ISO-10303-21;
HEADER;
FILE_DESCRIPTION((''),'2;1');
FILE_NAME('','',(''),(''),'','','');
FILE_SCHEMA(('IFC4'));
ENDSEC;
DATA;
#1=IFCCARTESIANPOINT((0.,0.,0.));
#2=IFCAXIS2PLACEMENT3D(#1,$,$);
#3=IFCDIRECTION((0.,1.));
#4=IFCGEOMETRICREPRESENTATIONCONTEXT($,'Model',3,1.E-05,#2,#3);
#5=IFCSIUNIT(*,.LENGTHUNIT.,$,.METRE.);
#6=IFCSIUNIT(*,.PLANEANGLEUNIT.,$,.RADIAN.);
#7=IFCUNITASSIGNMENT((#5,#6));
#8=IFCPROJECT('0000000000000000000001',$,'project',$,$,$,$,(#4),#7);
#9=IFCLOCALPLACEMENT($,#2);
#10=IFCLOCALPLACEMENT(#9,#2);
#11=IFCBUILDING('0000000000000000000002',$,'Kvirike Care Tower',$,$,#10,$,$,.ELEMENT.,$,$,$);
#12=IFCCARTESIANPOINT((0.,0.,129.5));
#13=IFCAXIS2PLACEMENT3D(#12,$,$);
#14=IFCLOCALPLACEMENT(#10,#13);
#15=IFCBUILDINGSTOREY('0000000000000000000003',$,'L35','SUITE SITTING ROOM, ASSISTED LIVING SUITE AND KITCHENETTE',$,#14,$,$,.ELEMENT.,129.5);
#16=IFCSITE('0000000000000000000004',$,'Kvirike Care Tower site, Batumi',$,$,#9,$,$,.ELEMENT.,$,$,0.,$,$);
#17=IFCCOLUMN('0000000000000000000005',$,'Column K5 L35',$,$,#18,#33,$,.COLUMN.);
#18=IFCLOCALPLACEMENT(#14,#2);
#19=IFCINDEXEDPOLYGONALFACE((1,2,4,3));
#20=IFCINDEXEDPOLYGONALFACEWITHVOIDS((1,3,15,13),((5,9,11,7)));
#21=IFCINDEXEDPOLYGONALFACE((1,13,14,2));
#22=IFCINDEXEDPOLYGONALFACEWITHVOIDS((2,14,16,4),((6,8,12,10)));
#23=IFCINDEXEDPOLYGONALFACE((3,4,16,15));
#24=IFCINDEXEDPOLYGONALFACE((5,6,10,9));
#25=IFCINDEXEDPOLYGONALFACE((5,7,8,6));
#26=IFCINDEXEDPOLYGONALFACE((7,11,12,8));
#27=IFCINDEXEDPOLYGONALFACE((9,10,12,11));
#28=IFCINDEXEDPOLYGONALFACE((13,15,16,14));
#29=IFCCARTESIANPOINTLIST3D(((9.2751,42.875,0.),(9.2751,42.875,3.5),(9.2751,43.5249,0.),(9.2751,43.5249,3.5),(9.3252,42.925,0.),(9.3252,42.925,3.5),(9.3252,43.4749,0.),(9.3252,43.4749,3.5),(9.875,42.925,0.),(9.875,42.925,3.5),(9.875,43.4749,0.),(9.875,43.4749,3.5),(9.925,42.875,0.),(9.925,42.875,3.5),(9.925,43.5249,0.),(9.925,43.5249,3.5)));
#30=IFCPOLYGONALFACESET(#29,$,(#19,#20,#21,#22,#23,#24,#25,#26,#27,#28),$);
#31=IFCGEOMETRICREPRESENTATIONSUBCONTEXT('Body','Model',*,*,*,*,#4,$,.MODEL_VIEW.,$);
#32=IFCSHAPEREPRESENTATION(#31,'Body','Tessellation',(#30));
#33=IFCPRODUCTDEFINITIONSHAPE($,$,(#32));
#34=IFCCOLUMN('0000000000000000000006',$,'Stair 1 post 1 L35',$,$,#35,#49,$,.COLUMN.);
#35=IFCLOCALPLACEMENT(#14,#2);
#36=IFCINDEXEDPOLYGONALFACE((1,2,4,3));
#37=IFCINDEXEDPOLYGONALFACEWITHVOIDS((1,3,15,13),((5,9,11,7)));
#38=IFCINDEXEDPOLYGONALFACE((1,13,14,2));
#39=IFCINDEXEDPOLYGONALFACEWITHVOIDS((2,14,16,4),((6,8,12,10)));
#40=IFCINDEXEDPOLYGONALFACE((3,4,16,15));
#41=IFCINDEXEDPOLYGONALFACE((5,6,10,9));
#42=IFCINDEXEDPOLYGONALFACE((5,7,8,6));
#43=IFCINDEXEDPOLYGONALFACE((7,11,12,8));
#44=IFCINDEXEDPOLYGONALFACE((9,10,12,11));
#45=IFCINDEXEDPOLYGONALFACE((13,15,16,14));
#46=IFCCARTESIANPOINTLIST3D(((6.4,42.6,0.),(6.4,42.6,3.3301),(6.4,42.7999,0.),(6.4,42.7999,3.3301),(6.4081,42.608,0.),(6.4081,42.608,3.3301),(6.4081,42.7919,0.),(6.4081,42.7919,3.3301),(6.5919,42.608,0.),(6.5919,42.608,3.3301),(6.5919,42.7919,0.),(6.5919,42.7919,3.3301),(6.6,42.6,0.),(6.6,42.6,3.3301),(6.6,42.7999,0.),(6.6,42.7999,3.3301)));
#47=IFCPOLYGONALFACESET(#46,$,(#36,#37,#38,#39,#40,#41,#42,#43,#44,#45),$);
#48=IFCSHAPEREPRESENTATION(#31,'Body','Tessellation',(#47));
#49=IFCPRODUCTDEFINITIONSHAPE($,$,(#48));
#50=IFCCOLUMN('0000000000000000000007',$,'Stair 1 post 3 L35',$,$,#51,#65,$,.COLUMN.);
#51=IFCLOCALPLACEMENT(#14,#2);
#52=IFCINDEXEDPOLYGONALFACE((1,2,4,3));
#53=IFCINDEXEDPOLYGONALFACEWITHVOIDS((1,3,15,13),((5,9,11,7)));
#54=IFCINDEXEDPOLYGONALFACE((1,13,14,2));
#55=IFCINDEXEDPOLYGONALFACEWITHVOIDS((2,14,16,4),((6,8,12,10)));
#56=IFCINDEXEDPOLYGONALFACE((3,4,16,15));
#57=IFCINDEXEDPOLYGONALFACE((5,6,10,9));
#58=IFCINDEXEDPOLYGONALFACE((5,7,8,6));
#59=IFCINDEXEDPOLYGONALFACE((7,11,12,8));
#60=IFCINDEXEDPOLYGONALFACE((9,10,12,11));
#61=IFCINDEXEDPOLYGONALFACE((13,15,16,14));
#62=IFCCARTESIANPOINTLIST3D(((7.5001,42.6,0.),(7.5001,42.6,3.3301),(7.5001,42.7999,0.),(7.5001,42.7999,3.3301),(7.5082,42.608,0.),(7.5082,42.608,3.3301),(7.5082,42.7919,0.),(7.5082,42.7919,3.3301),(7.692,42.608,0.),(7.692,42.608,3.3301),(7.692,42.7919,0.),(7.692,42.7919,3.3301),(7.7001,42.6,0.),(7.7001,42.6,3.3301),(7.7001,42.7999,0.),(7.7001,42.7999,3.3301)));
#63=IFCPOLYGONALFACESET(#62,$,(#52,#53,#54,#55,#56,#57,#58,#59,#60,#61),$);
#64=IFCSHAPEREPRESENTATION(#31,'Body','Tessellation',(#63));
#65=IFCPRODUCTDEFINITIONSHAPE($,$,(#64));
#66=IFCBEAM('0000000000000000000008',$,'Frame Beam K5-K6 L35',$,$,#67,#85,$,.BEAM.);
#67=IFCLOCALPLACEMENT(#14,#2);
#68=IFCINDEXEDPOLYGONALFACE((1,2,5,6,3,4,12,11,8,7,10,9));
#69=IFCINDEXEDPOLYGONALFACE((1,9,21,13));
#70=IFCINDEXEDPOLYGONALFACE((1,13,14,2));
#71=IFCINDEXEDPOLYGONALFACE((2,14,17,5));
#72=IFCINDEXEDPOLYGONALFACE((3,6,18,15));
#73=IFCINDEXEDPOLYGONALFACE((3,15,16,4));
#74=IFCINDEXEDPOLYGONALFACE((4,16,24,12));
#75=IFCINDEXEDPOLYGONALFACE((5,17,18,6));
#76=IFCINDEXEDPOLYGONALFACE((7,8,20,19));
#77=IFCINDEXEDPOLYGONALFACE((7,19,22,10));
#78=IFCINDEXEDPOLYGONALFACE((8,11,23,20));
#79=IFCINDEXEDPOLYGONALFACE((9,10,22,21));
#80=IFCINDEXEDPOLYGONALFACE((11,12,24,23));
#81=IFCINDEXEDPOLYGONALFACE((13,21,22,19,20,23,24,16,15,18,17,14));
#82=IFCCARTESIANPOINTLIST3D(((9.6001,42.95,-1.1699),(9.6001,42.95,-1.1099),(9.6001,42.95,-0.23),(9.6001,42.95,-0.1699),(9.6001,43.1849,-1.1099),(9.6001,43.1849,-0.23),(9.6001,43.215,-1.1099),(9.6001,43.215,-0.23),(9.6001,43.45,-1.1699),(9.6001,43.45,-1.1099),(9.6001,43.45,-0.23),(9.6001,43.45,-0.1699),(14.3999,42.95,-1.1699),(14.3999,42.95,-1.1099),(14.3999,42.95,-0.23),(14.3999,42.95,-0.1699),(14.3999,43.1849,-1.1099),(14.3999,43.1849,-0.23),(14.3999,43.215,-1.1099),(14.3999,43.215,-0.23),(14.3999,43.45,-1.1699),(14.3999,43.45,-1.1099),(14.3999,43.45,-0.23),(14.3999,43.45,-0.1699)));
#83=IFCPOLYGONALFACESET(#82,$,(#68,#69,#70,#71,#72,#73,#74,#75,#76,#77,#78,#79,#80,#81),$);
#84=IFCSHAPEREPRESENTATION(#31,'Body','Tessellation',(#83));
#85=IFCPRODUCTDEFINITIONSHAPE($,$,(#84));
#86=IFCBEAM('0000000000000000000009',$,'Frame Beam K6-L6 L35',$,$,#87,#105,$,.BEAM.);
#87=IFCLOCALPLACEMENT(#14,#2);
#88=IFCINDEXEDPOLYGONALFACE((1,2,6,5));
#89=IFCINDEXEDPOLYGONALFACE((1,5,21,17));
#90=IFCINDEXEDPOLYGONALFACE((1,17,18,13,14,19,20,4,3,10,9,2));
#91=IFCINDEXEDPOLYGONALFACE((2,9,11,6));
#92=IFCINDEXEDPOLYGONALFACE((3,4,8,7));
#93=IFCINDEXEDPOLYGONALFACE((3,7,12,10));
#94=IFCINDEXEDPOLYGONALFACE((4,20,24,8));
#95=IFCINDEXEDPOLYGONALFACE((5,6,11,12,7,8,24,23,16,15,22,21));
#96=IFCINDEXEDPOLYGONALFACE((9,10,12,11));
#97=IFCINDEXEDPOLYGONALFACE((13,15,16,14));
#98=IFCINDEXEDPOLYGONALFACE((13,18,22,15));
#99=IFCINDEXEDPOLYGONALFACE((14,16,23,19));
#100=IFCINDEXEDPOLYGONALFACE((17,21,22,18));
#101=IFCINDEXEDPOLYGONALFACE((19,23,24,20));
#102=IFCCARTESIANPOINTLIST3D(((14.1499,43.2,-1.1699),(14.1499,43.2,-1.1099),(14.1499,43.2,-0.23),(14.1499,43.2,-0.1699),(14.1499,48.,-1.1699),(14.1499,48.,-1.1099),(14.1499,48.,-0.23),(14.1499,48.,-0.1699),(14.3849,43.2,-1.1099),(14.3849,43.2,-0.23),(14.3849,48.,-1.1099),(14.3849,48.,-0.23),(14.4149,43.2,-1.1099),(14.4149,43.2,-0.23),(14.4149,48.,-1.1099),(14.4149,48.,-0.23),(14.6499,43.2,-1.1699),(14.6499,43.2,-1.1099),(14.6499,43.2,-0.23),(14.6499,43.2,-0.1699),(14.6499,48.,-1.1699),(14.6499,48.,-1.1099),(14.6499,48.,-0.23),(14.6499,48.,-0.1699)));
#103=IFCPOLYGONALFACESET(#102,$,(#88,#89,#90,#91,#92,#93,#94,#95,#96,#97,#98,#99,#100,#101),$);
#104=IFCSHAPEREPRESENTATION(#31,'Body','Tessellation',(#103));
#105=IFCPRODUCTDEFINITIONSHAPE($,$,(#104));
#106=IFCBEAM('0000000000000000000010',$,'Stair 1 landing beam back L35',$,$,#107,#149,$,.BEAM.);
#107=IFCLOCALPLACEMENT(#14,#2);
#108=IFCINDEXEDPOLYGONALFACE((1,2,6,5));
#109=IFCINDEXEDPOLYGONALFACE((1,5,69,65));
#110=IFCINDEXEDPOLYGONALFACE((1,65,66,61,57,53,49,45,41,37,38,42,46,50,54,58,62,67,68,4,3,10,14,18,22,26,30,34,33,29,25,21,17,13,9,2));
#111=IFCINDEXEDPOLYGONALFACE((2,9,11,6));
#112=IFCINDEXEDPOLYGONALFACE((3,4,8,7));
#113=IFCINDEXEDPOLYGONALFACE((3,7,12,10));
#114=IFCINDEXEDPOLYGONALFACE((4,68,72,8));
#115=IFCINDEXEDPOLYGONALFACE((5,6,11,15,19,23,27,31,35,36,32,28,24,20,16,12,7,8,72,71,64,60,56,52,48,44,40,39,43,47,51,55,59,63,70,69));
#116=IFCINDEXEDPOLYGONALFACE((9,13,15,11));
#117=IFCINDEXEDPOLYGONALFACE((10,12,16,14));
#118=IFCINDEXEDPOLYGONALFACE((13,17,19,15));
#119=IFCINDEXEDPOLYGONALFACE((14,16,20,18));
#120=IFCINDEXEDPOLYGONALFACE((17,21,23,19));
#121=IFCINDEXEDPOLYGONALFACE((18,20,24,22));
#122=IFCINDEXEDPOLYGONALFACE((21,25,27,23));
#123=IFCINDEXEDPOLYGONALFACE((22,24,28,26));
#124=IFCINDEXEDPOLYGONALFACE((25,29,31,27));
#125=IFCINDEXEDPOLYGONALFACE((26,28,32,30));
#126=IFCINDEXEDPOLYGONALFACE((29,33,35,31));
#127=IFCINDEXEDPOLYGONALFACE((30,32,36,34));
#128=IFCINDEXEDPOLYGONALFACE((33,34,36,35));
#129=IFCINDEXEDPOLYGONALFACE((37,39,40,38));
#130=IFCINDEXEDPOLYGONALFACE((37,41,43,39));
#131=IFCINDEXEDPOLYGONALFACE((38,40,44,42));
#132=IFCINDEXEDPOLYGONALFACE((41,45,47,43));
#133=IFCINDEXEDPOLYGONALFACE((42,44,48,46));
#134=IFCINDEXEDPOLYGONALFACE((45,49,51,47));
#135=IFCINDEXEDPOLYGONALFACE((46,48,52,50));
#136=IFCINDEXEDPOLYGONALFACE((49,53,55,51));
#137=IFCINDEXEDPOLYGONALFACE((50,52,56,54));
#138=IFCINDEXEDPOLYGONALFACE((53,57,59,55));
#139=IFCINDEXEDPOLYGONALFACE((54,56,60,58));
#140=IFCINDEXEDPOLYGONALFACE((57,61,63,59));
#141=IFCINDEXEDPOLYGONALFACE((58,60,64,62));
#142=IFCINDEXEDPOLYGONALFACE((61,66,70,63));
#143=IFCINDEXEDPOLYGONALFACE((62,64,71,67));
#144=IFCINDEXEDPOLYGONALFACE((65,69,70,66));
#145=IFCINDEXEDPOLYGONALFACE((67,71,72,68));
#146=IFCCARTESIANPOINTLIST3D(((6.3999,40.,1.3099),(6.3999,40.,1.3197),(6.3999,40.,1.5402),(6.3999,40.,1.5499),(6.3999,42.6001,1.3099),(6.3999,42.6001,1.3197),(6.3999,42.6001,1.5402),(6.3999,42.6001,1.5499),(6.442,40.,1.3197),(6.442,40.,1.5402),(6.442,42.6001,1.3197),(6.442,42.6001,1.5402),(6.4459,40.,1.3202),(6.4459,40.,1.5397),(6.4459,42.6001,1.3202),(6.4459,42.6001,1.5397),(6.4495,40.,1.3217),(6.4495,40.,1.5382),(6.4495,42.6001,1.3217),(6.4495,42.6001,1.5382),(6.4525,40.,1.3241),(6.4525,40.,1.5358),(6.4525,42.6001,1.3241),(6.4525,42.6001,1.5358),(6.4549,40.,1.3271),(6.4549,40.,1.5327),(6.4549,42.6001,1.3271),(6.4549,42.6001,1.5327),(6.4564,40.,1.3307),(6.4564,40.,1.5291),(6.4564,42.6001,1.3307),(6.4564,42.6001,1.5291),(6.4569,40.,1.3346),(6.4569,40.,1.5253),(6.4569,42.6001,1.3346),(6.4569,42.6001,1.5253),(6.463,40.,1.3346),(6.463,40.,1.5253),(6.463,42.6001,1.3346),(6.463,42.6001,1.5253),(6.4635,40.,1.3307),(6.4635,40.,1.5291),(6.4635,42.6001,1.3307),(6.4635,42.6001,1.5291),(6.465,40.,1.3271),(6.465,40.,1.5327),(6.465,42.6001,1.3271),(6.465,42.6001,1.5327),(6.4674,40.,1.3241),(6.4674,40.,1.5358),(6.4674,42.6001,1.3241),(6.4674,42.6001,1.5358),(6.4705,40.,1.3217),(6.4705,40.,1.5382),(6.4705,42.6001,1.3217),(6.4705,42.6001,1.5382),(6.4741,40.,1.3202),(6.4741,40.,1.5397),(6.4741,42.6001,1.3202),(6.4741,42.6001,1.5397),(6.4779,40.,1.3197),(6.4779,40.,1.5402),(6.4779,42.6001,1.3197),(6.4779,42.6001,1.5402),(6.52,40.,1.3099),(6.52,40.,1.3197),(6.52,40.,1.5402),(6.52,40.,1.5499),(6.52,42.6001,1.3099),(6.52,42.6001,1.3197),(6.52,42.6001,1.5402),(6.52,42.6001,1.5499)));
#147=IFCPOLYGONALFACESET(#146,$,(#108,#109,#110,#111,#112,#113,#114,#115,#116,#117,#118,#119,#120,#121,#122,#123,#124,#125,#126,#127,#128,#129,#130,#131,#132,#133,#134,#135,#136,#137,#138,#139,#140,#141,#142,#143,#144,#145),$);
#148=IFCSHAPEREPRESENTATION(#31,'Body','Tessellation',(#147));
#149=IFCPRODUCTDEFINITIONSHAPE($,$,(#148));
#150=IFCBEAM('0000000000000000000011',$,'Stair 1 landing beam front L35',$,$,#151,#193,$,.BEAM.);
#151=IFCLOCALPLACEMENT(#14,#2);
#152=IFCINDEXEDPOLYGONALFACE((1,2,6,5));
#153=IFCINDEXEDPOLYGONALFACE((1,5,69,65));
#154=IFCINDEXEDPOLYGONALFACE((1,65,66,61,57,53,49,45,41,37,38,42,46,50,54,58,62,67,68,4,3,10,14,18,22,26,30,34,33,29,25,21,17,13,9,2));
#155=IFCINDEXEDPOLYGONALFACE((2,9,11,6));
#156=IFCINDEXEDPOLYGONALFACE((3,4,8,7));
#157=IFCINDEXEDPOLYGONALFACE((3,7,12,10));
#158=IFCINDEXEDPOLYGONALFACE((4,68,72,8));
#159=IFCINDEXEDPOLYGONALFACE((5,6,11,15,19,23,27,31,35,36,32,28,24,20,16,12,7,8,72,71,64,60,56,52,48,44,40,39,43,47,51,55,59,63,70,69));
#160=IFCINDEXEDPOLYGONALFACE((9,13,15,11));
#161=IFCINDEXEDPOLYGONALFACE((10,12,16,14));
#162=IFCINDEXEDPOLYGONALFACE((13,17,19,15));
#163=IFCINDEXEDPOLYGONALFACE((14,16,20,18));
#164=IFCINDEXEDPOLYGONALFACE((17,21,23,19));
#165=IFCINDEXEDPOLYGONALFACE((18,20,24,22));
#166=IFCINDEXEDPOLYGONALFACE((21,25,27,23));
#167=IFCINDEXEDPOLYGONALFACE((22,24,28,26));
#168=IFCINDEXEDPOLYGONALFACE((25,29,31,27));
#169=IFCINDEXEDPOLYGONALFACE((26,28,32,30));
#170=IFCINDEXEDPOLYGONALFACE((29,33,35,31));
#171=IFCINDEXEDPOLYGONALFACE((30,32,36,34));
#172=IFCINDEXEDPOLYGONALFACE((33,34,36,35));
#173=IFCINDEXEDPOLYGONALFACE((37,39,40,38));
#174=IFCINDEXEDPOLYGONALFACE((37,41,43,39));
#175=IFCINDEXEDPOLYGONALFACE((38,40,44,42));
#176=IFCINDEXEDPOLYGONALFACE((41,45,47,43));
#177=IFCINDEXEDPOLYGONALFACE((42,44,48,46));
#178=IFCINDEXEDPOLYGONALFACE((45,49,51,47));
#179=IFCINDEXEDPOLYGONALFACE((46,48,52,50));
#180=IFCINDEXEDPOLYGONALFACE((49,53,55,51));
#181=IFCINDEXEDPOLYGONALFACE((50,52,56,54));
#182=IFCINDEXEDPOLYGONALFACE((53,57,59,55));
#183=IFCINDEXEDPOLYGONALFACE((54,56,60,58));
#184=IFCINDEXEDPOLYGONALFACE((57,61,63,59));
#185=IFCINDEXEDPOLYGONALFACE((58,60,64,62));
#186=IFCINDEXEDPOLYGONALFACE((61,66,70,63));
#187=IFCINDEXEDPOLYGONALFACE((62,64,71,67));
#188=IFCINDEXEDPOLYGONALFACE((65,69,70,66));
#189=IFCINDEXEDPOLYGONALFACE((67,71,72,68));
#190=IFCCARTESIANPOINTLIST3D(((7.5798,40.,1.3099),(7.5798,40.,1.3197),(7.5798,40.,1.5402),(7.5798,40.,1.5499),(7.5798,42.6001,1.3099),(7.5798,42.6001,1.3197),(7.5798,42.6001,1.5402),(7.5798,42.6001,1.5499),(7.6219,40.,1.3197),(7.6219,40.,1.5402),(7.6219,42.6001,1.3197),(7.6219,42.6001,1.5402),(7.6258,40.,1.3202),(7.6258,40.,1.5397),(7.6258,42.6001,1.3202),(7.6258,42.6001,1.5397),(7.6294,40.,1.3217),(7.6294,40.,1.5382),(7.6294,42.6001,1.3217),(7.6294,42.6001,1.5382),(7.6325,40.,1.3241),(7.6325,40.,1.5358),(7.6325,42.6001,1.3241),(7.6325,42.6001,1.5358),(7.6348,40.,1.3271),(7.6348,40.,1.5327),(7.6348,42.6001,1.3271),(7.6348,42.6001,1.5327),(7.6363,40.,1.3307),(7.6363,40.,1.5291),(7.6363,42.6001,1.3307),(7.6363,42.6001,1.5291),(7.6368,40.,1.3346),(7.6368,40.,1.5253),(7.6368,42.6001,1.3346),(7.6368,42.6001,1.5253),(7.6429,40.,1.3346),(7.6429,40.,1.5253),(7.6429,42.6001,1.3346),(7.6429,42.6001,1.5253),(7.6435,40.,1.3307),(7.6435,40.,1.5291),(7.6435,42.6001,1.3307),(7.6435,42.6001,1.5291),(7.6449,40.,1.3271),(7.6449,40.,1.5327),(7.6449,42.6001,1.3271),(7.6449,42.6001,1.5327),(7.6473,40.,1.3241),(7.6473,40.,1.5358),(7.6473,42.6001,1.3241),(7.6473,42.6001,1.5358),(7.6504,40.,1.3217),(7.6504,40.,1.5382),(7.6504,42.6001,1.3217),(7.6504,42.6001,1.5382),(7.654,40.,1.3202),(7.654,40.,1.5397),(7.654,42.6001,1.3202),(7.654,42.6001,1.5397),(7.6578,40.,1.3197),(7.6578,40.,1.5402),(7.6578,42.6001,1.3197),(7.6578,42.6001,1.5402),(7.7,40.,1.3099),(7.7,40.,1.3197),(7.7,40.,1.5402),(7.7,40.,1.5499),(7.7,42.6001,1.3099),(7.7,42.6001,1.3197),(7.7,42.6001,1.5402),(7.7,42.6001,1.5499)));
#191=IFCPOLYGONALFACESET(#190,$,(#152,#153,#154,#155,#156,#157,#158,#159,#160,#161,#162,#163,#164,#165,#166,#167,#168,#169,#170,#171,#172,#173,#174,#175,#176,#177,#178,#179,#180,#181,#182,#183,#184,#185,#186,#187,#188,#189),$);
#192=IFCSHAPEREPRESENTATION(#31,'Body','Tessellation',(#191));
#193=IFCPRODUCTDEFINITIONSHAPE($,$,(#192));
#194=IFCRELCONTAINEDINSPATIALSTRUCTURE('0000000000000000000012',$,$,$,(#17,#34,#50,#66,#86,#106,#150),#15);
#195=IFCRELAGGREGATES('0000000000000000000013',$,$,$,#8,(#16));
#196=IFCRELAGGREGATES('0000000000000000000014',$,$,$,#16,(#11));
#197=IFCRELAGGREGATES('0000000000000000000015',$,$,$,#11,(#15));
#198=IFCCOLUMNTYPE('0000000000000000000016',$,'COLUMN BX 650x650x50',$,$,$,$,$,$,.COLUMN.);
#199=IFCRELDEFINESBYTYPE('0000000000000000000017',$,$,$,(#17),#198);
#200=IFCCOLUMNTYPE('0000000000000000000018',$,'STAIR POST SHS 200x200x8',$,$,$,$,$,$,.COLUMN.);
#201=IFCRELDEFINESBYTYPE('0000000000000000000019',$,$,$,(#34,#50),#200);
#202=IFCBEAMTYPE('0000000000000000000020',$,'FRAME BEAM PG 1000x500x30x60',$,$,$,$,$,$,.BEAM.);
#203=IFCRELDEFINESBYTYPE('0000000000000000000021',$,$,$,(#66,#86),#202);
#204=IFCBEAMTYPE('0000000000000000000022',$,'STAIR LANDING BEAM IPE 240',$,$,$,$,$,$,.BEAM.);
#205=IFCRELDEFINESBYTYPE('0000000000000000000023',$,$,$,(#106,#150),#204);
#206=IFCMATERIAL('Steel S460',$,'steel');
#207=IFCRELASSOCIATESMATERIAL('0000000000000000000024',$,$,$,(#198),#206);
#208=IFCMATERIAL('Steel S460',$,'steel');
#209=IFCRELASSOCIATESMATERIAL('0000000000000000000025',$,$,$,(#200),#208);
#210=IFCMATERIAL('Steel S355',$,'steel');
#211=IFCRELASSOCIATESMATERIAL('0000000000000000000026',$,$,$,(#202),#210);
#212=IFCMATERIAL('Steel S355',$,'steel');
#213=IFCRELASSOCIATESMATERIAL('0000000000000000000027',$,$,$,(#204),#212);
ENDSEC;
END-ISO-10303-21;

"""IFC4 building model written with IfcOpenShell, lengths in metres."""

from ifc_helpers import new_model, si_unit, direction, frame, origin, origin_2d, place, context, subcontext, project, spatial, hollow_rectangle, i_section, extrude, material, material_profile, profile_set, type_object, element, save


model = new_model("IFC4")

# Units and contexts
model_context = context("Model", 3, precision=1e-05, world=origin(), true_north=direction((0.0, 1.0)))
body_context = subcontext(model_context, "Body", "Model", "MODEL_VIEW")
ifc_project = project(units=[si_unit("LENGTHUNIT", "METRE"), si_unit("PLANEANGLEUNIT", "RADIAN")], contexts=[model_context])

# Site, building, storey
site_placement = place(None, origin())
site = spatial("IfcSite", under=ifc_project, at=site_placement, Name="Kvirike Care Tower site, Batumi", CompositionType="ELEMENT", RefElevation=0.0)
building_placement = place(site_placement, origin())
building = spatial("IfcBuilding", under=site, at=building_placement, Name="Kvirike Care Tower", CompositionType="ELEMENT")
storey_placement = place(building_placement, frame((0.0, 0.0, 129.5)))
storey = spatial("IfcBuildingStorey", under=building, at=storey_placement, Name="L35", Description="SUITE SITTING ROOM, ASSISTED LIVING SUITE AND KITCHENETTE", CompositionType="ELEMENT", Elevation=129.5)

# Columns
ifc_material_1 = material(Name="Steel S460", Category="steel")
ifc_material_profile_1 = material_profile(ifc_material_1, hollow_rectangle(XDim=0.6499, YDim=0.6499, WallThickness=0.05, at=origin_2d()), Name="BX 650x650x50")
ifc_profile_set_1 = profile_set([ifc_material_profile_1], Name="Steel S460")
column_type_1 = type_object("IfcColumnType", Name="COLUMN BX 650x650x50", PredefinedType="COLUMN", material=ifc_profile_set_1)
column_placement = place(storey_placement, frame((9.6001, 43.2, 0.0), z_axis=(0.0, 0.0, 1.0), x_axis=(0.0, 1.0, 0.0)))
element("IfcColumn", 1, at=column_placement, inside=storey, type_object=column_type_1, Name="Column K5 L35", PredefinedType="COLUMN", context=body_context, shape_type="SweptSolid", body=[
    extrude(hollow_rectangle(XDim=0.6499, YDim=0.6499, WallThickness=0.05, at=origin_2d()), origin(), (0.0, 0.0, 1.0), 3.5),
])
ifc_material_2 = material(Name="Steel S460", Category="steel")
ifc_material_profile_2 = material_profile(ifc_material_2, hollow_rectangle(XDim=0.2, YDim=0.2, WallThickness=0.0081, at=origin_2d()), Name="SHS 200x200x8")
ifc_profile_set_2 = profile_set([ifc_material_profile_2], Name="Steel S460")
column_type_2 = type_object("IfcColumnType", Name="STAIR POST SHS 200x200x8", PredefinedType="COLUMN", material=ifc_profile_set_2)
for number, where, z_axis, x_axis, name in (
    (2, (6.5, 42.7, 0.0), (0.0, 0.0, 1.0), (1.0, 0.0, 0.0), "Stair 1 post 1 L35"),
    (3, (7.6001, 42.7, 0.0), (0.0, 0.0, 1.0), (1.0, 0.0, 0.0), "Stair 1 post 3 L35"),
):
    element("IfcColumn", number, at=place(storey_placement, frame(where, z_axis=z_axis, x_axis=x_axis)), inside=storey, type_object=column_type_2, Name=name, PredefinedType="COLUMN", context=body_context, shape_type="SweptSolid", body=[
        extrude(hollow_rectangle(XDim=0.2, YDim=0.2, WallThickness=0.0081, at=origin_2d()), origin(), (0.0, 0.0, 1.0), 3.3301),
    ])

# Beams
ifc_material_3 = material(Name="Steel S355", Category="steel")
ifc_material_profile_3 = material_profile(ifc_material_3, i_section(OverallWidth=0.5, OverallDepth=1.0, WebThickness=0.03, FlangeThickness=0.0601, at=origin_2d()), Name="PG 1000x500x30x60")
ifc_profile_set_3 = profile_set([ifc_material_profile_3], Name="Steel S355")
beam_type_1 = type_object("IfcBeamType", Name="FRAME BEAM PG 1000x500x30x60", PredefinedType="BEAM", material=ifc_profile_set_3)
beam_1_placement = place(storey_placement, frame((9.6001, 43.2, -0.6699), z_axis=(1.0, 0.0, 0.0), x_axis=(0.0, 1.0, 0.0)))
element("IfcBeam", 4, at=beam_1_placement, inside=storey, type_object=beam_type_1, Name="Frame Beam K5-K6 L35", PredefinedType="BEAM", context=body_context, shape_type="SweptSolid", body=[
    extrude(i_section(OverallWidth=0.5, OverallDepth=1.0, WebThickness=0.03, FlangeThickness=0.0601, at=origin_2d()), origin(), (0.0, 0.0, 1.0), 4.7998),
])
beam_2_placement = place(storey_placement, frame((14.3999, 43.2, -0.6699), z_axis=(0.0, 1.0, 0.0), x_axis=(-1.0, 0.0, 0.0)))
element("IfcBeam", 5, at=beam_2_placement, inside=storey, type_object=beam_type_1, Name="Frame Beam K6-L6 L35", PredefinedType="BEAM", context=body_context, shape_type="SweptSolid", body=[
    extrude(i_section(OverallWidth=0.5, OverallDepth=1.0, WebThickness=0.03, FlangeThickness=0.0601, at=origin_2d()), origin(), (0.0, 0.0, 1.0), 4.8),
])
ifc_material_4 = material(Name="Steel S355", Category="steel")
ifc_material_profile_4 = material_profile(ifc_material_4, i_section(OverallWidth=0.1201, OverallDepth=0.24, WebThickness=0.0061, FlangeThickness=0.0098, FilletRadius=0.0149, at=origin_2d()), Name="IPE 240")
ifc_profile_set_4 = profile_set([ifc_material_profile_4], Name="Steel S355")
beam_type_2 = type_object("IfcBeamType", Name="STAIR LANDING BEAM IPE 240", PredefinedType="BEAM", material=ifc_profile_set_4)
for number, where, z_axis, x_axis, name in (
    (6, (6.46, 42.6001, 1.4299), (0.0, -1.0, 0.0), (1.0, 0.0, 0.0), "Stair 1 landing beam back L35"),
    (7, (7.6399, 42.6001, 1.4299), (0.0, -1.0, 0.0), (1.0, 0.0, 0.0), "Stair 1 landing beam front L35"),
):
    element("IfcBeam", number, at=place(storey_placement, frame(where, z_axis=z_axis, x_axis=x_axis)), inside=storey, type_object=beam_type_2, Name=name, PredefinedType="BEAM", context=body_context, shape_type="SweptSolid", body=[
        extrude(i_section(OverallWidth=0.1201, OverallDepth=0.24, WebThickness=0.0061, FlangeThickness=0.0098, FilletRadius=0.0149, at=origin_2d()), origin(), (0.0, 0.0, 1.0), 2.6001),
    ])

save(model, "model.ifc")
